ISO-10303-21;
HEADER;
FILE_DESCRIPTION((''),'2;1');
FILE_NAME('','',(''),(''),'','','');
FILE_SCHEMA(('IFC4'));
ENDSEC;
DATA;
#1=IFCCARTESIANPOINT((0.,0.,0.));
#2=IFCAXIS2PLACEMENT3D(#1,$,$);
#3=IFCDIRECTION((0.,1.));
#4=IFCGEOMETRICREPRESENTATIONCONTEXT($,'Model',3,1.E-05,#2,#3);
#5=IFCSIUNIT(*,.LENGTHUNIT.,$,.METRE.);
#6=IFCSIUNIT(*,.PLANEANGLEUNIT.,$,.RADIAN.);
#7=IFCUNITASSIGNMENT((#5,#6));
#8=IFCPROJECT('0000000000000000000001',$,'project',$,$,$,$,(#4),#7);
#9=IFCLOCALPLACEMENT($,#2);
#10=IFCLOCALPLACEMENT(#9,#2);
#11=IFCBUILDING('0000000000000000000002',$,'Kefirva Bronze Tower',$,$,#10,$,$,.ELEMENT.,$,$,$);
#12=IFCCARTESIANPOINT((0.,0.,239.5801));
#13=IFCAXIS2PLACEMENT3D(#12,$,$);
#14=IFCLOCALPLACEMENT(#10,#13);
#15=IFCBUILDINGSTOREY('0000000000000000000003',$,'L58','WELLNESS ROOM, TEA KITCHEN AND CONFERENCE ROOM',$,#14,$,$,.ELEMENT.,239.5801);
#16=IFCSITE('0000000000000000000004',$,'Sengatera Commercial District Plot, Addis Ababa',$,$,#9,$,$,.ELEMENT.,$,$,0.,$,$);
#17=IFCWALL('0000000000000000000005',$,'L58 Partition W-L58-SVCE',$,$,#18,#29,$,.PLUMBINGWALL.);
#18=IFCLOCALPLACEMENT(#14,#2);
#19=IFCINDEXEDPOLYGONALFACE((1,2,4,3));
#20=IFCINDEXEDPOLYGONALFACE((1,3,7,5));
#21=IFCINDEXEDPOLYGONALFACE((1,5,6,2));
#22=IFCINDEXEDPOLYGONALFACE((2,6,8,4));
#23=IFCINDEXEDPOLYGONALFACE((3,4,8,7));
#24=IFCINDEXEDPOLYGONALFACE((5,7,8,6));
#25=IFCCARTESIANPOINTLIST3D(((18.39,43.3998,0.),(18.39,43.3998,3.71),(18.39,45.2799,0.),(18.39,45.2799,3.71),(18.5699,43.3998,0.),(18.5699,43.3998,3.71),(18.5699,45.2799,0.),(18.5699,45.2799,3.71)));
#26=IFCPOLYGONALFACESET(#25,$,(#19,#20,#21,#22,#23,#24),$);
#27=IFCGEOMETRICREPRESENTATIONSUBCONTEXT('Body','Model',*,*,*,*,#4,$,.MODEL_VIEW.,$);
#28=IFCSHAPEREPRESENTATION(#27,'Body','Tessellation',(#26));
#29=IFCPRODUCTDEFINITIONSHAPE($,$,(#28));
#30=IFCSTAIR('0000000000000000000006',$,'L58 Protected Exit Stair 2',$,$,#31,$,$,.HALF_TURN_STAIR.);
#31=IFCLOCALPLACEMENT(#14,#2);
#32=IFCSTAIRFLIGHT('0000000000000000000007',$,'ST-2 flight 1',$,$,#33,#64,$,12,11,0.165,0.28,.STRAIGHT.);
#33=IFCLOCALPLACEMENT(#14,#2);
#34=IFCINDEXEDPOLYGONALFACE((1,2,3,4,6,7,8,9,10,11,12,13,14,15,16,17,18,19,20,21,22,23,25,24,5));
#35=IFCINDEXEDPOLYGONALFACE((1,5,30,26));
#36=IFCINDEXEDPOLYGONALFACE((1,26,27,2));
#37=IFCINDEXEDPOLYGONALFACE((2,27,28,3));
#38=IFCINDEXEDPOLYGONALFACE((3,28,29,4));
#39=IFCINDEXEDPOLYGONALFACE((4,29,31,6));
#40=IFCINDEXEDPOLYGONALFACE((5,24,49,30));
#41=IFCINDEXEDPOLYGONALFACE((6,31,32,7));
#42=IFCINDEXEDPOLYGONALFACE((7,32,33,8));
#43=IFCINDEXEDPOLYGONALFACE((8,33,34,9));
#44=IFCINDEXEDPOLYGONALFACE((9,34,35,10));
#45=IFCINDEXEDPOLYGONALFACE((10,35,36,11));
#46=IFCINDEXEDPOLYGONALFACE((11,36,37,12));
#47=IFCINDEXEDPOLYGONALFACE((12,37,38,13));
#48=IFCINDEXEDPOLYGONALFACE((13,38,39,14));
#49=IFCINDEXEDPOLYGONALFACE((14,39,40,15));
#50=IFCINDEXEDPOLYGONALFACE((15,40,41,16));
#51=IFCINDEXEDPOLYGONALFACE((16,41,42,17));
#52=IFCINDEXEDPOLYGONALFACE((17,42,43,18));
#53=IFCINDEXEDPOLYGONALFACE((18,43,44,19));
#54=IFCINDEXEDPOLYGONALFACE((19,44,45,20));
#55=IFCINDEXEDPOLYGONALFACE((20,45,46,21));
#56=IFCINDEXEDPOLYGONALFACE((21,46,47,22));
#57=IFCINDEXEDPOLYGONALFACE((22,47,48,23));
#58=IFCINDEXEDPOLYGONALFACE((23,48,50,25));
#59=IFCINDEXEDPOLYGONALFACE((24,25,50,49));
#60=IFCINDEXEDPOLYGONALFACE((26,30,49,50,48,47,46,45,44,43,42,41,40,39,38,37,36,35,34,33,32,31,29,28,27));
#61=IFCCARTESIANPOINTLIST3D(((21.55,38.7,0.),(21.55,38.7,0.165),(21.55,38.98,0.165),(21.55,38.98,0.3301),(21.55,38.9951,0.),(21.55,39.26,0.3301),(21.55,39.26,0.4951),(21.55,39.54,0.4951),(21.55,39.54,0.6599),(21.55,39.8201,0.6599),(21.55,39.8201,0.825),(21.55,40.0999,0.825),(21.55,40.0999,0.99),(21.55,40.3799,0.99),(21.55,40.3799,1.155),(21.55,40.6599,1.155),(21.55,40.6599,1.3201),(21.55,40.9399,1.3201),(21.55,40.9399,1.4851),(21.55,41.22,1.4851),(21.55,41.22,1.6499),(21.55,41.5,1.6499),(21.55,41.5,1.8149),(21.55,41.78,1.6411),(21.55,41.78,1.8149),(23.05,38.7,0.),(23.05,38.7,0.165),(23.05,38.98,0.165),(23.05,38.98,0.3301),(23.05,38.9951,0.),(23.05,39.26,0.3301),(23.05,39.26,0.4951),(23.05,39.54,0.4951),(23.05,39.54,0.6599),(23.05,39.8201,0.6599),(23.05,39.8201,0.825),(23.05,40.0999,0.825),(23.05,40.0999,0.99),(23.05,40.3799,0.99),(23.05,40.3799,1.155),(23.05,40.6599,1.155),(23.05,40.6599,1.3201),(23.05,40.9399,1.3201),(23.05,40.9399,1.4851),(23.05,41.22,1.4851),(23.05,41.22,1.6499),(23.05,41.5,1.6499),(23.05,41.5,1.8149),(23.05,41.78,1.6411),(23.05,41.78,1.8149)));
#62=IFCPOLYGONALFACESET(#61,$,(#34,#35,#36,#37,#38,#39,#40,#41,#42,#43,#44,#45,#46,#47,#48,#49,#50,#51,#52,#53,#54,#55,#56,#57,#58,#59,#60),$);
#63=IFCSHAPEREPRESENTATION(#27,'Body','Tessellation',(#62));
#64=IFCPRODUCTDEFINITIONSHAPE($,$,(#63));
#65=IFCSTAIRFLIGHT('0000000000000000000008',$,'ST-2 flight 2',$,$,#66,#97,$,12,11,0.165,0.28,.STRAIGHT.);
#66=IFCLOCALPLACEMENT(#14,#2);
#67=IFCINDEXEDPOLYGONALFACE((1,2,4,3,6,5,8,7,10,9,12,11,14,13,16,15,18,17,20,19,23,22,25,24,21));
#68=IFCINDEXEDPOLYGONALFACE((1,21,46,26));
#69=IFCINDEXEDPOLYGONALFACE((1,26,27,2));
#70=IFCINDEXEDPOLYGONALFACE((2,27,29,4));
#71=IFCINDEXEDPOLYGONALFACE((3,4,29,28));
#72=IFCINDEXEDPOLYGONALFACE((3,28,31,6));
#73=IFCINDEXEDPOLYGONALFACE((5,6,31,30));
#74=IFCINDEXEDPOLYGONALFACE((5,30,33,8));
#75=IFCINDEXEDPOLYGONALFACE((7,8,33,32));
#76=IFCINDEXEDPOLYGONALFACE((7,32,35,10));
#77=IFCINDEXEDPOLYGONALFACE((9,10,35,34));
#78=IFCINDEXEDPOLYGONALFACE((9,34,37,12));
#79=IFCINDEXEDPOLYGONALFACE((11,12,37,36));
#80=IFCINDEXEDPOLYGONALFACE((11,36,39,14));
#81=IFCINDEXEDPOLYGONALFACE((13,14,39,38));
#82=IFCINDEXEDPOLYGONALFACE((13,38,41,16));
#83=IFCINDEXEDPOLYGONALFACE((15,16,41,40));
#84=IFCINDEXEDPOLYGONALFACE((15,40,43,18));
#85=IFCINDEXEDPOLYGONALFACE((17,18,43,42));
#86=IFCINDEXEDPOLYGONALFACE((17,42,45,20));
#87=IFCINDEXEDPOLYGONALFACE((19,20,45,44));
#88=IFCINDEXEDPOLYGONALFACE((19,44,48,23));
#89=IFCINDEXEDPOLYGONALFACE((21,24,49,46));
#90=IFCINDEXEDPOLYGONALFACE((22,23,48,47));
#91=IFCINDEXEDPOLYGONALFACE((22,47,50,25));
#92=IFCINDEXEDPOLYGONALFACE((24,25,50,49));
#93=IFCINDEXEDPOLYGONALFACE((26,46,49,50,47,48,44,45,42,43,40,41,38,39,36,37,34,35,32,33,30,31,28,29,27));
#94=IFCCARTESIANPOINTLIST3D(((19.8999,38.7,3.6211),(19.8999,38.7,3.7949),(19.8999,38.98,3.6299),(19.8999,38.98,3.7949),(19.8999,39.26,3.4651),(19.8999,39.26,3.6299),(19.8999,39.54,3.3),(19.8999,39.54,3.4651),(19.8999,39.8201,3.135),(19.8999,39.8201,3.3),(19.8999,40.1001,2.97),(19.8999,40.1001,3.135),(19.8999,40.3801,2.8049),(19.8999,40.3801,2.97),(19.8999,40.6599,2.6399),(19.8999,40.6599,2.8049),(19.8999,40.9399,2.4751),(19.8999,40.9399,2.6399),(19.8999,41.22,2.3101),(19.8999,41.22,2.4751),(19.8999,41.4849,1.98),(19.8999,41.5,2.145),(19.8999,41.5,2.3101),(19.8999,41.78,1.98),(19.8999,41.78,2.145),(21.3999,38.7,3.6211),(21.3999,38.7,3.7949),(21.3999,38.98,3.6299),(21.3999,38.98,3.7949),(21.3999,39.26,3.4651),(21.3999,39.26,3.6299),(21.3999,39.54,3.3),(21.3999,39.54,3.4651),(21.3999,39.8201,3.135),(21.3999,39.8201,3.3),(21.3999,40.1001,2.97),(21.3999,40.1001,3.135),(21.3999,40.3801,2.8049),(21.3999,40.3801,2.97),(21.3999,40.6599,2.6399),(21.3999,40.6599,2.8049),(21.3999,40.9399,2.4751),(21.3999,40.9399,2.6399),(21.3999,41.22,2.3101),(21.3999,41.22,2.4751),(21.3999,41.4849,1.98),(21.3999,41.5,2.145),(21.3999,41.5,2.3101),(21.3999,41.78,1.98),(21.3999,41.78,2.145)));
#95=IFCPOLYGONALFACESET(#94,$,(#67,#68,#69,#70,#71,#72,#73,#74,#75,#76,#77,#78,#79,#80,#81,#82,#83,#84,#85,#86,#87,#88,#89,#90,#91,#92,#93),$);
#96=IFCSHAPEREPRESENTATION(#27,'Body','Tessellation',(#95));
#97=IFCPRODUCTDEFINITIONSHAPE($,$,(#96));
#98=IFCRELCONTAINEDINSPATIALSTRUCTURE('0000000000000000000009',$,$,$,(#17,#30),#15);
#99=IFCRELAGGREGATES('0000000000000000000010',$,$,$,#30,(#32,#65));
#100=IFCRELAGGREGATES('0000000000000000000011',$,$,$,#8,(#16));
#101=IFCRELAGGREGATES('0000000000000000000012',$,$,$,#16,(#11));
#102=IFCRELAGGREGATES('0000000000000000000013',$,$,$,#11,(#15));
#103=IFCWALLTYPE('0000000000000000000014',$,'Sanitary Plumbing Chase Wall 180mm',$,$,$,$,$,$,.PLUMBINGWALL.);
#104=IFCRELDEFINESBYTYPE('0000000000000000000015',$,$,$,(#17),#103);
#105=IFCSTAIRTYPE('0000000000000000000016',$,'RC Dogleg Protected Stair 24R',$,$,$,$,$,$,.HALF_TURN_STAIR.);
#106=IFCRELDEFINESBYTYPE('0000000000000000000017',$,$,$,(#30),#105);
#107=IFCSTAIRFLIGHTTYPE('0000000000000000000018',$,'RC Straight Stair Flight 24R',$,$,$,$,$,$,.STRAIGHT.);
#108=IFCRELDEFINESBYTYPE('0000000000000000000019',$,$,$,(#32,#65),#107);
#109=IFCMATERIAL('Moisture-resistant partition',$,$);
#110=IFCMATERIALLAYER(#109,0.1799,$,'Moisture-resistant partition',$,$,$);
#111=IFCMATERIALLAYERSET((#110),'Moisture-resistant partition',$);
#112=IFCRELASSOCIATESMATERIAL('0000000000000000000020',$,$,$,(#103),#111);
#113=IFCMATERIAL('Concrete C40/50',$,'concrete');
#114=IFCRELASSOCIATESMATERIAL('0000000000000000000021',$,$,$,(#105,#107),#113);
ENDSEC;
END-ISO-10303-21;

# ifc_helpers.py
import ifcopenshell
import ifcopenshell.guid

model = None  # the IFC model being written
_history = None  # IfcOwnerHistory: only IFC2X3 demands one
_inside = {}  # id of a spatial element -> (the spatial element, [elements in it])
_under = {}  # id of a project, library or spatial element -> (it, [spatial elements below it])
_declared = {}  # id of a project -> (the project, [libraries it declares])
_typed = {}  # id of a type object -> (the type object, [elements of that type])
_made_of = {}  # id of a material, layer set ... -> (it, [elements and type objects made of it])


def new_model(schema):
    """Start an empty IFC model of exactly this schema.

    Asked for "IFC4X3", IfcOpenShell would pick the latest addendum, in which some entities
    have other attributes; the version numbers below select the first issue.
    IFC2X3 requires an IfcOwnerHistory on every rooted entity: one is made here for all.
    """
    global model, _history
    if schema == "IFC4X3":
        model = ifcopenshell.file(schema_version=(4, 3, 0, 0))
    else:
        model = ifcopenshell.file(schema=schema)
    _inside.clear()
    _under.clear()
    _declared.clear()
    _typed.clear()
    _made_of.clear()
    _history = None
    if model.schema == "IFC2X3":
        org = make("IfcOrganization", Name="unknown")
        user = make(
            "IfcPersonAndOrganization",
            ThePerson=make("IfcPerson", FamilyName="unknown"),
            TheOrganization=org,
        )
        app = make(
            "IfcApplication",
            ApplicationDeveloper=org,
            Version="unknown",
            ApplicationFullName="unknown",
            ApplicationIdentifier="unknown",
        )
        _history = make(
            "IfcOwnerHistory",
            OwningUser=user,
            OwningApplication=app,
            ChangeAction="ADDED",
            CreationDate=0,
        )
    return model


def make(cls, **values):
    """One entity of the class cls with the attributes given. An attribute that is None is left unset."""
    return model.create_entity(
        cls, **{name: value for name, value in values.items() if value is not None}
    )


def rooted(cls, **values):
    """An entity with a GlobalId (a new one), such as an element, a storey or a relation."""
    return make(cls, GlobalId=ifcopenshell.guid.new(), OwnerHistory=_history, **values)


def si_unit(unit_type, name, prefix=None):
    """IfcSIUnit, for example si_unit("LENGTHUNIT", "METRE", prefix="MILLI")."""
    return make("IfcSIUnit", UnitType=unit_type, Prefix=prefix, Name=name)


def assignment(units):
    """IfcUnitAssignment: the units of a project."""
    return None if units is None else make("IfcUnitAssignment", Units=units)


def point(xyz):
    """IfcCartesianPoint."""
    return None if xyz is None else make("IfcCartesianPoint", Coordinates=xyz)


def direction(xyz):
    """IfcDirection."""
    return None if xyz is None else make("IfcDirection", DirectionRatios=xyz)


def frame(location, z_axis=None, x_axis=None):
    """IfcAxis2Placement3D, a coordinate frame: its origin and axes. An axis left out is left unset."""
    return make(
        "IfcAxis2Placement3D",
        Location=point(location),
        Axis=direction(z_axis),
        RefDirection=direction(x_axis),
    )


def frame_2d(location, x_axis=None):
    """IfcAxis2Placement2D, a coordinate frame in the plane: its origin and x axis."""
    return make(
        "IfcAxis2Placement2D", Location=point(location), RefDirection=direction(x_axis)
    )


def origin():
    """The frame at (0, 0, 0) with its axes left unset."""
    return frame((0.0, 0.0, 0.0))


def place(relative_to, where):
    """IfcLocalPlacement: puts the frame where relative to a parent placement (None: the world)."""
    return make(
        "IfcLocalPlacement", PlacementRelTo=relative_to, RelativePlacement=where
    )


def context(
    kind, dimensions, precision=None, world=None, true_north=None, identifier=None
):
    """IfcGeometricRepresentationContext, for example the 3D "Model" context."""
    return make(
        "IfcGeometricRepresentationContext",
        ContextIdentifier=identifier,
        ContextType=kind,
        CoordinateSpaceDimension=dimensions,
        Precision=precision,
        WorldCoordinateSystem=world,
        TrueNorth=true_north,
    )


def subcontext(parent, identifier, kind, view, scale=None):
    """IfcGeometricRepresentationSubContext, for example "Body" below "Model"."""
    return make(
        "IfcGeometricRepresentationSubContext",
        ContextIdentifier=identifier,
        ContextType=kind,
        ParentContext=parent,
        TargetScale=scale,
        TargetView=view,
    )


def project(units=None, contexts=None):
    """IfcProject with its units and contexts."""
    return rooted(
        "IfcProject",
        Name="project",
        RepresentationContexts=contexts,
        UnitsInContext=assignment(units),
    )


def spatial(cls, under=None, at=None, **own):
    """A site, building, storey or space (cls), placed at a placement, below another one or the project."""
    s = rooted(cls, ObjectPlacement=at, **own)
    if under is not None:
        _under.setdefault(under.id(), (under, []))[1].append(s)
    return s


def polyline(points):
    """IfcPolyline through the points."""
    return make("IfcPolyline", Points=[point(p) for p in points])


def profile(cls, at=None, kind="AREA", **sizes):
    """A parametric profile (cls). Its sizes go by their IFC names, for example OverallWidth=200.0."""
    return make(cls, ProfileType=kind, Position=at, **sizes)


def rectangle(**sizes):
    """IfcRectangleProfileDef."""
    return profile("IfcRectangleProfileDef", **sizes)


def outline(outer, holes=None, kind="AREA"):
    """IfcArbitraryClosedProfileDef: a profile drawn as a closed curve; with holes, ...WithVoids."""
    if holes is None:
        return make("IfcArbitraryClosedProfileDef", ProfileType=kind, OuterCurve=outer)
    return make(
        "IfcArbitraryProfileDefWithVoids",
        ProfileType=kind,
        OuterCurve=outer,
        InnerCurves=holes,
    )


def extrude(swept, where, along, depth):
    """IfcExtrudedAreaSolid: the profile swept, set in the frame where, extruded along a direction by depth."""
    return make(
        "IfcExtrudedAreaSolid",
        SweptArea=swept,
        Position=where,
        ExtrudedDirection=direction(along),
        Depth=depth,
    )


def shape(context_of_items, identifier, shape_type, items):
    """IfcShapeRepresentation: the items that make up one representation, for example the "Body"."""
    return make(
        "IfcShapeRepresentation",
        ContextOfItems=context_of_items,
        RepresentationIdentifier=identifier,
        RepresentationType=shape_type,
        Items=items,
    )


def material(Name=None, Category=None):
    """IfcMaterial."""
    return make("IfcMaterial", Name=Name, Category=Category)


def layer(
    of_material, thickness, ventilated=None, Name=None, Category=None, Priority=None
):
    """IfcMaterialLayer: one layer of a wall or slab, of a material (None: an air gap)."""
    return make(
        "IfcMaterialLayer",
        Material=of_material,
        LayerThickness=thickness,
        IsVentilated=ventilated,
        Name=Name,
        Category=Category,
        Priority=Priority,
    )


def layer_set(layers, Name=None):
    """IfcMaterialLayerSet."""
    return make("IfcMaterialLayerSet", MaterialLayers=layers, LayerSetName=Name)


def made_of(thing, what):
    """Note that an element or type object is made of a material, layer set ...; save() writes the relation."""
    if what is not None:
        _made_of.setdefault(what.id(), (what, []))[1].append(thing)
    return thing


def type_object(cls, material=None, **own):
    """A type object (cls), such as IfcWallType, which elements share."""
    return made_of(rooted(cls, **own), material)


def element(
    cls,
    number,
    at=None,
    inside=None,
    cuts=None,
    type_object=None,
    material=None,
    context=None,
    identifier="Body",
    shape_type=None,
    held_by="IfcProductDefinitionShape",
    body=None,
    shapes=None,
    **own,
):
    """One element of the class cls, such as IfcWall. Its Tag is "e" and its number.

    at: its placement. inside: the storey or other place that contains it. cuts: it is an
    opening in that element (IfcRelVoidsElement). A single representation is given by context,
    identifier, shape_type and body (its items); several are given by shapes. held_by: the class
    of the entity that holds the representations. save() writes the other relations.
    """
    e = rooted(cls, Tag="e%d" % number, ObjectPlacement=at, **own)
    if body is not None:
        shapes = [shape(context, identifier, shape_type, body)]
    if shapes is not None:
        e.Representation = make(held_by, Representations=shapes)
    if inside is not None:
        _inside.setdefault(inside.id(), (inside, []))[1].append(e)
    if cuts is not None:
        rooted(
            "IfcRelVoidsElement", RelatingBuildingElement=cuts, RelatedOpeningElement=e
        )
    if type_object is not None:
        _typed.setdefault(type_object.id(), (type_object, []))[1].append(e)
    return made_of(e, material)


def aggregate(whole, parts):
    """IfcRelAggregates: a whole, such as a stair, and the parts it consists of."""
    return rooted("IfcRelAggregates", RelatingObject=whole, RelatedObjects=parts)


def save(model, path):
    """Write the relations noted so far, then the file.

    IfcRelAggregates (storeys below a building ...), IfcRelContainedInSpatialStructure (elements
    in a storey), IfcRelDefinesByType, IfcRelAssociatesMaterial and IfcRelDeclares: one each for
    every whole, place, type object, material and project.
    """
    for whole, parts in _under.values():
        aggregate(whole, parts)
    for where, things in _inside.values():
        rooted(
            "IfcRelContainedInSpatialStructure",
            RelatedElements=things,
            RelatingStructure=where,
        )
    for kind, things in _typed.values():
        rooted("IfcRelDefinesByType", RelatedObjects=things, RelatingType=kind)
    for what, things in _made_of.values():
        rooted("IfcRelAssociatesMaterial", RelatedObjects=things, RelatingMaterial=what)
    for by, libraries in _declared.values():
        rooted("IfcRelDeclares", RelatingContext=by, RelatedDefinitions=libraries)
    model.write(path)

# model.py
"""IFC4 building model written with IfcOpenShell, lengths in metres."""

from ifc_helpers import new_model, si_unit, direction, frame, frame_2d, origin, place, context, subcontext, project, spatial, polyline, rectangle, outline, extrude, material, layer, layer_set, type_object, element, aggregate, save


model = new_model("IFC4")

# Units and contexts
model_context = context("Model", 3, precision=1e-05, world=origin(), true_north=direction((0.0, 1.0)))
body_context = subcontext(model_context, "Body", "Model", "MODEL_VIEW")
ifc_project = project(units=[si_unit("LENGTHUNIT", "METRE"), si_unit("PLANEANGLEUNIT", "RADIAN")], contexts=[model_context])

# Site, building, storey
site_placement = place(None, origin())
site = spatial("IfcSite", under=ifc_project, at=site_placement, Name="Sengatera Commercial District Plot, Addis Ababa", CompositionType="ELEMENT", RefElevation=0.0)
building_placement = place(site_placement, origin())
building = spatial("IfcBuilding", under=site, at=building_placement, Name="Kefirva Bronze Tower", CompositionType="ELEMENT")
storey_placement = place(building_placement, frame((0.0, 0.0, 239.5801)))
storey = spatial("IfcBuildingStorey", under=building, at=storey_placement, Name="L58", Description="WELLNESS ROOM, TEA KITCHEN AND CONFERENCE ROOM", CompositionType="ELEMENT", Elevation=239.5801)

# Wall
ifc_material_1 = material(Name="Moisture-resistant partition")
ifc_layer_1 = layer(ifc_material_1, 0.1799, Name="Moisture-resistant partition")
ifc_layer_set_1 = layer_set([ifc_layer_1], Name="Moisture-resistant partition")
wall_type_1 = type_object("IfcWallType", Name="Sanitary Plumbing Chase Wall 180mm", PredefinedType="PLUMBINGWALL", material=ifc_layer_set_1)
wall_1_placement = place(storey_placement, frame((18.48, 43.3999, 0.0), z_axis=(0.0, 0.0, 1.0), x_axis=(0.0, 1.0, 0.0)))
element("IfcWall", 1, at=wall_1_placement, inside=storey, type_object=wall_type_1, Name="L58 Partition W-L58-SVCE", PredefinedType="PLUMBINGWALL", context=body_context, shape_type="SweptSolid", body=[
    extrude(rectangle(XDim=1.8801, YDim=0.1799, at=frame_2d((0.9399, 0.0))), origin(), (0.0, 0.0, 1.0), 3.71),
])

# Stair, stair flights
ifc_material_2 = material(Name="Concrete C40/50", Category="concrete")
stair_type = type_object("IfcStairType", Name="RC Dogleg Protected Stair 24R", PredefinedType="HALF_TURN_STAIR", material=ifc_material_2)
stair_placement = place(storey_placement, origin())
stair = element("IfcStair", 2, at=stair_placement, inside=storey, type_object=stair_type, Name="L58 Protected Exit Stair 2", PredefinedType="HALF_TURN_STAIR")
stair_flight_type = type_object("IfcStairFlightType", Name="RC Straight Stair Flight 24R", PredefinedType="STRAIGHT", material=ifc_material_2)
stair_flight_1_placement = place(storey_placement, frame((22.3, 38.7, 0.0), z_axis=(0.0, 0.0, 1.0), x_axis=(0.0, 1.0, 0.0)))
stair_flight_1 = element("IfcStairFlight", 3, at=stair_flight_1_placement, type_object=stair_flight_type, Name="ST-2 flight 1", NumberOfRisers=12, NumberOfTreads=11, PredefinedType="STRAIGHT", RiserHeight=0.165, TreadLength=0.28, context=body_context, shape_type="SweptSolid", body=[
    extrude(outline(polyline([(0.0, 0.0), (0.0, 0.165), (0.28, 0.165), (0.28, 0.3301), (0.5601, 0.3301), (0.5601, 0.4951), (0.8401, 0.4951), (0.8401, 0.6599), (1.1201, 0.6599), (1.1201, 0.825), (1.3999, 0.825), (1.3999, 0.99), (1.6799, 0.99), (1.6799, 1.155), (1.96, 1.155), (1.96, 1.3201), (2.24, 1.3201), (2.24, 1.4851), (2.52, 1.4851), (2.52, 1.6499), (2.8, 1.6499), (2.8, 1.8149), (3.0801, 1.8149), (3.0801, 1.98), (3.0801, 1.6411), (0.2952, 0.0), (0.0, 0.0)])), frame((0.0, 0.75, 0.0), z_axis=(0.0, -1.0, 0.0), x_axis=(1.0, 0.0, 0.0)), (0.0, 0.0, 1.0), 1.5),
])
stair_flight_2_placement = place(storey_placement, frame((20.6499, 41.78, 1.98), z_axis=(0.0, 0.0, 1.0), x_axis=(0.0, -1.0, 0.0)))
stair_flight_2 = element("IfcStairFlight", 4, at=stair_flight_2_placement, type_object=stair_flight_type, Name="ST-2 flight 2", NumberOfRisers=12, NumberOfTreads=11, PredefinedType="STRAIGHT", RiserHeight=0.165, TreadLength=0.28, context=body_context, shape_type="SweptSolid", body=[
    extrude(outline(polyline([(0.0, 0.0), (0.0, 0.165), (0.28, 0.165), (0.28, 0.3301), (0.5601, 0.3301), (0.5601, 0.4951), (0.8401, 0.4951), (0.8401, 0.6599), (1.1201, 0.6599), (1.1201, 0.825), (1.3999, 0.825), (1.3999, 0.99), (1.6799, 0.99), (1.6799, 1.155), (1.96, 1.155), (1.96, 1.3201), (2.24, 1.3201), (2.24, 1.4851), (2.52, 1.4851), (2.52, 1.6499), (2.8, 1.6499), (2.8, 1.8149), (3.0801, 1.8149), (3.0801, 1.98), (3.0801, 1.6411), (0.2952, 0.0), (0.0, 0.0)])), frame((0.0, 0.75, 0.0), z_axis=(0.0, -1.0, 0.0), x_axis=(1.0, 0.0, 0.0)), (0.0, 0.0, 1.0), 1.5),
])
aggregate(stair, [stair_flight_1, stair_flight_2])

save(model, "model.ifc")
